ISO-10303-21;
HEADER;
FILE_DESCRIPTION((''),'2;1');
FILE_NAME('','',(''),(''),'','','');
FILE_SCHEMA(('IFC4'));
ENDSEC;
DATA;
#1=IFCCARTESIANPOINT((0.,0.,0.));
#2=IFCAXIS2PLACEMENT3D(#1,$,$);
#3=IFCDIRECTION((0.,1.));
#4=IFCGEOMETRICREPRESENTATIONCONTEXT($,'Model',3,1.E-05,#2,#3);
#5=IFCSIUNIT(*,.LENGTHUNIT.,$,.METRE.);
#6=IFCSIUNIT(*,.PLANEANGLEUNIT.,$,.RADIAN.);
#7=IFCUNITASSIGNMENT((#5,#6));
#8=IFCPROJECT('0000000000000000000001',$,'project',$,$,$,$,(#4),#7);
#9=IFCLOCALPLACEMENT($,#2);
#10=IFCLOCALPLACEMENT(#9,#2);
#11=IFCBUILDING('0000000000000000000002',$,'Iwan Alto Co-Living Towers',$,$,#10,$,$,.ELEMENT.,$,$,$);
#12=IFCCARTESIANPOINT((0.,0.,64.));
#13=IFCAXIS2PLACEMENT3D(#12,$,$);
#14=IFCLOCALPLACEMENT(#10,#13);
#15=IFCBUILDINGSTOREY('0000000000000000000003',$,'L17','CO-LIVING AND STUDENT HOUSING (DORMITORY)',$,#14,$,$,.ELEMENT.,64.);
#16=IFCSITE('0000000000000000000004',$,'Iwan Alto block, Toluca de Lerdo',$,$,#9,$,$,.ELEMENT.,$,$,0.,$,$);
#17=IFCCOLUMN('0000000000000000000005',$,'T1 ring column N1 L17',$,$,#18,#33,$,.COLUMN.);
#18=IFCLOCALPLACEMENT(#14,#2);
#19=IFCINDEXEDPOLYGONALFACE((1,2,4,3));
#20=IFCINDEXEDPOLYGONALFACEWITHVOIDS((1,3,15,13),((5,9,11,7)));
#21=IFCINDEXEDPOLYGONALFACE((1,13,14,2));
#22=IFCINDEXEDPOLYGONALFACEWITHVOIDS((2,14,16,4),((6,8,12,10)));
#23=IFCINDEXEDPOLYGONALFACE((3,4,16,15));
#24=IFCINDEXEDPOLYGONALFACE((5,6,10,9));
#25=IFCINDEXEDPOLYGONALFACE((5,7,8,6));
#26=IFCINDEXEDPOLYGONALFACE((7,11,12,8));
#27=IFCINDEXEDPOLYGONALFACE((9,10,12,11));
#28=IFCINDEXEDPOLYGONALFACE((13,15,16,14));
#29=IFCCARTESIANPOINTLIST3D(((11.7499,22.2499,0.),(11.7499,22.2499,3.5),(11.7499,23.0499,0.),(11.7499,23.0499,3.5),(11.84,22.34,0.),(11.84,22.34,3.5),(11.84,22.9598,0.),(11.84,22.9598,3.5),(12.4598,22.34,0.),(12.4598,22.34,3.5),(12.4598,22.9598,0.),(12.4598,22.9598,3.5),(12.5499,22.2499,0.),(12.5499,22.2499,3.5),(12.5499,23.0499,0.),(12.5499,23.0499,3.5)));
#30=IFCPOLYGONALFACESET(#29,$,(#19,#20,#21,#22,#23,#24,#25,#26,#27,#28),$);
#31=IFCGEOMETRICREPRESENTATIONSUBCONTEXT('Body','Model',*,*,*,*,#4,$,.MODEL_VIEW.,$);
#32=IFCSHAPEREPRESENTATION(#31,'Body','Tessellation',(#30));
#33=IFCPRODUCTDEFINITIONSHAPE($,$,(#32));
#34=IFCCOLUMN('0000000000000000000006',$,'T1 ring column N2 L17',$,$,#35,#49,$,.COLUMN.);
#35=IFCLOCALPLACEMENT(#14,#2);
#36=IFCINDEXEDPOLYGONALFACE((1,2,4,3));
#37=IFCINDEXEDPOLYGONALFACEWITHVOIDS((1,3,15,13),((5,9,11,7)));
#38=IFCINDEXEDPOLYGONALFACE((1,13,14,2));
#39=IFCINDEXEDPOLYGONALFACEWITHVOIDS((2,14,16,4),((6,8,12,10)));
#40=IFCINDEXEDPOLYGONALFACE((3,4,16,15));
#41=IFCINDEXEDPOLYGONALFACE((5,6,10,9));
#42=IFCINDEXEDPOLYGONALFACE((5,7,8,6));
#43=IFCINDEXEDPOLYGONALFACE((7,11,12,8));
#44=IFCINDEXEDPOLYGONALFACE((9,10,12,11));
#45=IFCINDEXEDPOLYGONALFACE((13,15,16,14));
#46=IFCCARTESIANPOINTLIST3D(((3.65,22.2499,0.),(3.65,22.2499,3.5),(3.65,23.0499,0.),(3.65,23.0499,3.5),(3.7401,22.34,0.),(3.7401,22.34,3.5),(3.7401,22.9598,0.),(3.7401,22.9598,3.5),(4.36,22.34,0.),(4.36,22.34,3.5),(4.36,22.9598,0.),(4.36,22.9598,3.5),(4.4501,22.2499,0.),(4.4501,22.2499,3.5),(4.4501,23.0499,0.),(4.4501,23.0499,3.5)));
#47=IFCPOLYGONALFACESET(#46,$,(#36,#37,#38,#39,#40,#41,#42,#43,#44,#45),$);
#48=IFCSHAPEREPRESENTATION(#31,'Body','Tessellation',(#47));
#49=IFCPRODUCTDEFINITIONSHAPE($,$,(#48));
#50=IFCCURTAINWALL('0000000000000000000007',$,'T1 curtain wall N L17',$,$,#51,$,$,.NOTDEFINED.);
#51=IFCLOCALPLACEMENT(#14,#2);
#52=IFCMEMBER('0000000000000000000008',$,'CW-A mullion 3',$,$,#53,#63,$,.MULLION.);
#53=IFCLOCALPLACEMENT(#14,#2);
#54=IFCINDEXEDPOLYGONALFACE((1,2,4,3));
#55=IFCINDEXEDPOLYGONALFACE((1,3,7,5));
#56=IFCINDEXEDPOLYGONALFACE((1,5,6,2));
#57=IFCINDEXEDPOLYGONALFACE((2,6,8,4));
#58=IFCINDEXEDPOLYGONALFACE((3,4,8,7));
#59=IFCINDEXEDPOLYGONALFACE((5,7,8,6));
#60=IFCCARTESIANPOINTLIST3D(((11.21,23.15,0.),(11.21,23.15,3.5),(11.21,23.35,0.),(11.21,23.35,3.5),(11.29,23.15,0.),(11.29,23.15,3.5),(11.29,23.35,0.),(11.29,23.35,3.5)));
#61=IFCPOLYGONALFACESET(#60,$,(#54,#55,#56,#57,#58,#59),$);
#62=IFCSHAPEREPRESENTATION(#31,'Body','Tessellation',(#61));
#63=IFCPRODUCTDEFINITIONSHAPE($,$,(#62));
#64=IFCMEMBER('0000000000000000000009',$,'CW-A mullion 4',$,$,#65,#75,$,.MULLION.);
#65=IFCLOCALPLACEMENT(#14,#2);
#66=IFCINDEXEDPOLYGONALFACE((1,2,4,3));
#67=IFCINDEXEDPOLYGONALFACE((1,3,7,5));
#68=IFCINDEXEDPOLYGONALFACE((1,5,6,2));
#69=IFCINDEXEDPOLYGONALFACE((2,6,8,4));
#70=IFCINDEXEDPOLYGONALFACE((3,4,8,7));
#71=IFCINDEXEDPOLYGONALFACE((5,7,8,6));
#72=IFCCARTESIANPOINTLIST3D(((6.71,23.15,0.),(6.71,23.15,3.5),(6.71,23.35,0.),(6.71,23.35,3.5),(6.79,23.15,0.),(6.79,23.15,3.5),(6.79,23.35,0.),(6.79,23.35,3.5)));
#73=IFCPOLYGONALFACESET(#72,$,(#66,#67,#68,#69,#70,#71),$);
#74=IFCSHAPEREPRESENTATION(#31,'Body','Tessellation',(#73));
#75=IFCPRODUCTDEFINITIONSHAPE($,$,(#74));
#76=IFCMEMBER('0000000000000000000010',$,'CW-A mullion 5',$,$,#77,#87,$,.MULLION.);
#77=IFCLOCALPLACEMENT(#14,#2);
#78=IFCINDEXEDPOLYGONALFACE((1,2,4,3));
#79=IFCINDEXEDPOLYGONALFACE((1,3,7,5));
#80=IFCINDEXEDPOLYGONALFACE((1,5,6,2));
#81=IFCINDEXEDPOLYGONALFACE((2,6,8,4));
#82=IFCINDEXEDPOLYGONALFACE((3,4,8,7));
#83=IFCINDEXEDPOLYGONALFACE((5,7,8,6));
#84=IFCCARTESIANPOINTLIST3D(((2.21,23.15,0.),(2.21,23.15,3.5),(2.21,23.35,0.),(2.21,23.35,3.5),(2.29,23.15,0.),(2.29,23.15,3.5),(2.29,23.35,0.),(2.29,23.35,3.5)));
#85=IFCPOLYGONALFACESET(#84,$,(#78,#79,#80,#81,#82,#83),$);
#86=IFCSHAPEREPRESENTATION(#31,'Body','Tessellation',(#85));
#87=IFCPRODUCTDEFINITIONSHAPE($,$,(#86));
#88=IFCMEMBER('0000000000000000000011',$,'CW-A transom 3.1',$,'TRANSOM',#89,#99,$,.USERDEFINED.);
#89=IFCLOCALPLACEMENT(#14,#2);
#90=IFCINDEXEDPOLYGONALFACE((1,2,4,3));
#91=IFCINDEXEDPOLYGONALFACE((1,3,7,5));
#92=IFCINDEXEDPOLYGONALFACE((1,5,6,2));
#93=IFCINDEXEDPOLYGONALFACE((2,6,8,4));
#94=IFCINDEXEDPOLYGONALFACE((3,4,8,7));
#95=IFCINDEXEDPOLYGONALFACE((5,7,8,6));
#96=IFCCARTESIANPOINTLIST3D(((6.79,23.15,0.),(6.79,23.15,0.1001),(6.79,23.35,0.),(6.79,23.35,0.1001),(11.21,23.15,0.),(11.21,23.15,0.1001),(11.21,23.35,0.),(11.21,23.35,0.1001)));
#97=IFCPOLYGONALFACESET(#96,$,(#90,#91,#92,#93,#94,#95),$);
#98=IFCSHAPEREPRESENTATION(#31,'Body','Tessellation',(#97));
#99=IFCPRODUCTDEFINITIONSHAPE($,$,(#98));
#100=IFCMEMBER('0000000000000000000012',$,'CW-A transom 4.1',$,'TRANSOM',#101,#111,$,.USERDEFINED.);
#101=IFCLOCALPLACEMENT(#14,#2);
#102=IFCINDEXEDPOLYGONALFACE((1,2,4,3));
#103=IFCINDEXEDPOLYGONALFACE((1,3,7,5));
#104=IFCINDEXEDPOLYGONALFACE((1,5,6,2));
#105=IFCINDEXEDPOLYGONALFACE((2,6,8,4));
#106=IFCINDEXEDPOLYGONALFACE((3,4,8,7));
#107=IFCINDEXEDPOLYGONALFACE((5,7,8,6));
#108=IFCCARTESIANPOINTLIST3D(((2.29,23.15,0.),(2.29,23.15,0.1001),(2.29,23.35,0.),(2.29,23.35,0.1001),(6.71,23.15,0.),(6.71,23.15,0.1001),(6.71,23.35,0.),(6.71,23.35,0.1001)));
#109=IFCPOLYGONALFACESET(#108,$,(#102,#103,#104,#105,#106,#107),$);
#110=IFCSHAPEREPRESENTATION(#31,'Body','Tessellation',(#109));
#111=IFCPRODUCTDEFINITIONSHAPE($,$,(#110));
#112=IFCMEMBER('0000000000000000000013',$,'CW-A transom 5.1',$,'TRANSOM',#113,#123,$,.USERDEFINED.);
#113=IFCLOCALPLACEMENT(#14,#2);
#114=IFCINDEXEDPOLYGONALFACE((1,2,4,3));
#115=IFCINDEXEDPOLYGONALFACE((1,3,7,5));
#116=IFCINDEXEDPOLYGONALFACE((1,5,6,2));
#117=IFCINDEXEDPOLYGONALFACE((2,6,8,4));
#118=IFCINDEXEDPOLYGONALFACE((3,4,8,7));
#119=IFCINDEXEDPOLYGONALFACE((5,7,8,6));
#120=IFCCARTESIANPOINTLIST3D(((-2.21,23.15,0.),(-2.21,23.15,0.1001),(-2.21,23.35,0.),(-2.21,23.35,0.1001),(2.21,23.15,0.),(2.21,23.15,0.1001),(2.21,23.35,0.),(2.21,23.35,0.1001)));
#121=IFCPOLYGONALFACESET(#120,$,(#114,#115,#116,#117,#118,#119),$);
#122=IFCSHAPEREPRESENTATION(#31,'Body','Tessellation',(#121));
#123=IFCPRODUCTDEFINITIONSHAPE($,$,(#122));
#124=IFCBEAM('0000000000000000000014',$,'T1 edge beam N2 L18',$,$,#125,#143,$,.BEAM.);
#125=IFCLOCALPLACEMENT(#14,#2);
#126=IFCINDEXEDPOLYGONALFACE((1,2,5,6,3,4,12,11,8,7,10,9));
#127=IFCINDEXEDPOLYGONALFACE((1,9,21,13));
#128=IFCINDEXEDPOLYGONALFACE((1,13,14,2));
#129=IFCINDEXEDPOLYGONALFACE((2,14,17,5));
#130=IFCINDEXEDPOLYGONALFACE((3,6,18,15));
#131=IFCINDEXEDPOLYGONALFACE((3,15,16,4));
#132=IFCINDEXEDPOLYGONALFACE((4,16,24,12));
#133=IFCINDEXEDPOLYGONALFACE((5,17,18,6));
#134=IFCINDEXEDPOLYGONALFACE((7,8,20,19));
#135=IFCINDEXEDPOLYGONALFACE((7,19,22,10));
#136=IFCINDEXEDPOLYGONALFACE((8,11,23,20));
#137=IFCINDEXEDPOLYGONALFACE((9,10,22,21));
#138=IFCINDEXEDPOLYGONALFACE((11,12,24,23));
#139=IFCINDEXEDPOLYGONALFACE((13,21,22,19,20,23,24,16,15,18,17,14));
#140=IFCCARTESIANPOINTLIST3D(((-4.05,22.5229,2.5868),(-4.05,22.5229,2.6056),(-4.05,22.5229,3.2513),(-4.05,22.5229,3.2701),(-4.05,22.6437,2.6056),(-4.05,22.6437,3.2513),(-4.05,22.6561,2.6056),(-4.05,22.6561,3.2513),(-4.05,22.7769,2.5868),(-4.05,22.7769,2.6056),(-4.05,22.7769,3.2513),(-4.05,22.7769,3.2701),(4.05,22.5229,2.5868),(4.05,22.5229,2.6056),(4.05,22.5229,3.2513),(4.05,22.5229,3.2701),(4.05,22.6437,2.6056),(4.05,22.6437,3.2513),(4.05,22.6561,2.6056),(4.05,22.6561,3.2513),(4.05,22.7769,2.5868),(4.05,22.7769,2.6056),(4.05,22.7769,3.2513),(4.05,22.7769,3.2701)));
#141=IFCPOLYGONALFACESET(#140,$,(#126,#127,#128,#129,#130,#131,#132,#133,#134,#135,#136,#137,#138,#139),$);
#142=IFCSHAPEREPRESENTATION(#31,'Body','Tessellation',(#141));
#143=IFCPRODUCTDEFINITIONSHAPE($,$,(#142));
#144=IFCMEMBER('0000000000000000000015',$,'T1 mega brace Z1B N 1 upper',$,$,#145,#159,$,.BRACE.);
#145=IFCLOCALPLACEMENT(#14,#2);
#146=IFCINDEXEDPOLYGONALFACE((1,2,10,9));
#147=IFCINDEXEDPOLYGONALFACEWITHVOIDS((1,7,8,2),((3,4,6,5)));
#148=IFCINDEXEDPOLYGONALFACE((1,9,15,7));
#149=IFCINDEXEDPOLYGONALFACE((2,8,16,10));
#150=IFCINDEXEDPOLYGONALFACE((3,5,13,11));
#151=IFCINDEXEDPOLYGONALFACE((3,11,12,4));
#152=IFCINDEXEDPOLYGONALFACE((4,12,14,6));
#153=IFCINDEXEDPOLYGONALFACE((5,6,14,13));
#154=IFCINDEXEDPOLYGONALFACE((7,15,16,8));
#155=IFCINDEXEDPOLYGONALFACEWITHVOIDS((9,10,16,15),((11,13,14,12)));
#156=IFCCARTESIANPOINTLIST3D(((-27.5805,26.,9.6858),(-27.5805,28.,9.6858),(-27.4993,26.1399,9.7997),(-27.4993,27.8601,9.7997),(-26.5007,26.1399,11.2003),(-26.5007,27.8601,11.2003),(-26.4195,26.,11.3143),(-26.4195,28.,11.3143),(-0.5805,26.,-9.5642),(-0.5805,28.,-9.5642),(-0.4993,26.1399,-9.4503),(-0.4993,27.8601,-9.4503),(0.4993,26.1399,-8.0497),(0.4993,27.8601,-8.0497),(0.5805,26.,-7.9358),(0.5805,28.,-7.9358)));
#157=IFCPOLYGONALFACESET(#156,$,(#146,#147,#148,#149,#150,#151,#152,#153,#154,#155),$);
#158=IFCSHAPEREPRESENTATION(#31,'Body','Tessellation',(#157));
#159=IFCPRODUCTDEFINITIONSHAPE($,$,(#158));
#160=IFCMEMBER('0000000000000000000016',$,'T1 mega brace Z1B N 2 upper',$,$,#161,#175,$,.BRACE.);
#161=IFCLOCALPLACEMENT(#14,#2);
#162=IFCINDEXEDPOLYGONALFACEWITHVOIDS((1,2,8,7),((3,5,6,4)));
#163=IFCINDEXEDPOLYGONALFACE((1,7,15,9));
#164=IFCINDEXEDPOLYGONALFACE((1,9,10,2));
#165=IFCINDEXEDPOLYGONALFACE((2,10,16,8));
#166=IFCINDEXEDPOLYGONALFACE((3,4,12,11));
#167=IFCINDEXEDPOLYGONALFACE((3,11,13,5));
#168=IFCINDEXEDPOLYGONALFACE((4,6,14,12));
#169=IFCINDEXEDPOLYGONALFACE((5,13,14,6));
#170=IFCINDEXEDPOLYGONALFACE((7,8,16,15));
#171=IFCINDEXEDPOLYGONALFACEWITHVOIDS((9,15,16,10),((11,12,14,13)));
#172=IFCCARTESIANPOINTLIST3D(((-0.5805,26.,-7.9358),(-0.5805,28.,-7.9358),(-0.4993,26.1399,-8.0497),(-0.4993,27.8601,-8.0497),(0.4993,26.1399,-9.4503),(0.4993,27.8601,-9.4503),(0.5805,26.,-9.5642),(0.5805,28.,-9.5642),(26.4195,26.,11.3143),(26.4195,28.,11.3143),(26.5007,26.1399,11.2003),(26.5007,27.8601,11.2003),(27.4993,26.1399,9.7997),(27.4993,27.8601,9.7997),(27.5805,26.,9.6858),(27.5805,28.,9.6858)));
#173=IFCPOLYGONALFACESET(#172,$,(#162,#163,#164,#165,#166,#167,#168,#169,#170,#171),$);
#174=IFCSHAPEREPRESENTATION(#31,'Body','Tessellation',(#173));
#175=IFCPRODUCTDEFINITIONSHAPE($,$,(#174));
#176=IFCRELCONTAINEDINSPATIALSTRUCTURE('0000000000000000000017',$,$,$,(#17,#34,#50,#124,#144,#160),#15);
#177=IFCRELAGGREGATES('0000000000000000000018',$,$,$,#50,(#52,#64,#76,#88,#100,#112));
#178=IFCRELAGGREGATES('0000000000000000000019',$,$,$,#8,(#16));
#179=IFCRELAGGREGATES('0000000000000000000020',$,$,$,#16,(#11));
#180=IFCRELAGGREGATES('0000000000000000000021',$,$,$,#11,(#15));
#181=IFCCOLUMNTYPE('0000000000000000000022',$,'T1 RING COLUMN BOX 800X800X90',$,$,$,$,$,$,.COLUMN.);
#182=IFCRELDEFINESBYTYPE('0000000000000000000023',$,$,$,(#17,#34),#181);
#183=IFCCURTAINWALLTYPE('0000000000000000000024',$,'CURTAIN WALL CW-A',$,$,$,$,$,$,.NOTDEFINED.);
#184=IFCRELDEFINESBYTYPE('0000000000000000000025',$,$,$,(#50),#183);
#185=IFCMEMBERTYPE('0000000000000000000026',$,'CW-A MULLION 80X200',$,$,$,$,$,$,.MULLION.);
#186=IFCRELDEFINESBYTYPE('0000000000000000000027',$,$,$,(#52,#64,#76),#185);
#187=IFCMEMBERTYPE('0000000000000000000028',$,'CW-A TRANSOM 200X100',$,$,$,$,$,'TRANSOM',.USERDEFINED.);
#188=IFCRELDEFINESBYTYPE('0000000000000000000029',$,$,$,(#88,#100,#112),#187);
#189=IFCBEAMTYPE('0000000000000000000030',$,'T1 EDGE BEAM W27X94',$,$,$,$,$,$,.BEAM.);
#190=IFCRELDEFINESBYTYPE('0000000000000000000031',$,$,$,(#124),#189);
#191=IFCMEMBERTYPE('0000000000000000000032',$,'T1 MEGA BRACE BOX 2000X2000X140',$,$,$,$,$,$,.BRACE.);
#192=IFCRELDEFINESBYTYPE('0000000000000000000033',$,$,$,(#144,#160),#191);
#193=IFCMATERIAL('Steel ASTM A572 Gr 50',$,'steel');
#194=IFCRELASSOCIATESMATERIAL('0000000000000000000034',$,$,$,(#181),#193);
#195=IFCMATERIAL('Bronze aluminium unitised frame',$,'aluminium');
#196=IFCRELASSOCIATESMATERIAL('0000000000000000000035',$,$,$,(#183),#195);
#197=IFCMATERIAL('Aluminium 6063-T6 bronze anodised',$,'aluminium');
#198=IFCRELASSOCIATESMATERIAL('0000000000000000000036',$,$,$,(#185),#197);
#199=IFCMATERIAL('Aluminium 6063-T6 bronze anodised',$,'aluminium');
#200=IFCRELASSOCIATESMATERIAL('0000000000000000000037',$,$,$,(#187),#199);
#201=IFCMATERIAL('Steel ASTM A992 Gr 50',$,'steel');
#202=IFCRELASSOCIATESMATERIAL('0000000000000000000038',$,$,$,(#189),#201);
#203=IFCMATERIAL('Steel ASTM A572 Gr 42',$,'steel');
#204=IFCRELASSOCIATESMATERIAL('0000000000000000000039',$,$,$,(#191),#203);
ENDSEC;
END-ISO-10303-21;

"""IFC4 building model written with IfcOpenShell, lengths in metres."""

from ifc_helpers import new_model, si_unit, direction, frame, origin, origin_2d, place, context, subcontext, project, spatial, rectangle, hollow_rectangle, i_section, extrude, material, material_profile, profile_set, type_object, element, aggregate, save


model = new_model("IFC4")

# Units and contexts
model_context = context("Model", 3, precision=1e-05, world=origin(), true_north=direction((0.0, 1.0)))
body_context = subcontext(model_context, "Body", "Model", "MODEL_VIEW")
ifc_project = project(units=[si_unit("LENGTHUNIT", "METRE"), si_unit("PLANEANGLEUNIT", "RADIAN")], contexts=[model_context])

# Site, building, storey
site_placement = place(None, origin())
site = spatial("IfcSite", under=ifc_project, at=site_placement, Name="Iwan Alto block, Toluca de Lerdo", CompositionType="ELEMENT", RefElevation=0.0)
building_placement = place(site_placement, origin())
building = spatial("IfcBuilding", under=site, at=building_placement, Name="Iwan Alto Co-Living Towers", CompositionType="ELEMENT")
storey_placement = place(building_placement, frame((0.0, 0.0, 64.0)))
storey = spatial("IfcBuildingStorey", under=building, at=storey_placement, Name="L17", Description="CO-LIVING AND STUDENT HOUSING (DORMITORY)", CompositionType="ELEMENT", Elevation=64.0)

# Columns
ifc_material_1 = material(Name="Steel ASTM A572 Gr 50", Category="steel")
ifc_material_profile_1 = material_profile(ifc_material_1, hollow_rectangle(XDim=0.8, YDim=0.8, WallThickness=0.0901, at=origin_2d()), Name="BOX 800X800X90")
ifc_profile_set_1 = profile_set([ifc_material_profile_1], Name="Steel ASTM A572 Gr 50")
column_type = type_object("IfcColumnType", Name="T1 RING COLUMN BOX 800X800X90", PredefinedType="COLUMN", material=ifc_profile_set_1)
for number, where, z_axis, x_axis, name in (
    (1, (12.1499, 22.6499, 0.0), (0.0, 0.0, 1.0), (1.0, 0.0, 0.0), "T1 ring column N1 L17"),
    (2, (4.05, 22.6499, 0.0), (0.0, 0.0, 1.0), (1.0, 0.0, 0.0), "T1 ring column N2 L17"),
):
    element("IfcColumn", number, at=place(storey_placement, frame(where, z_axis=z_axis, x_axis=x_axis)), inside=storey, type_object=column_type, Name=name, PredefinedType="COLUMN", context=body_context, shape_type="SweptSolid", body=[
        extrude(hollow_rectangle(XDim=0.8, YDim=0.8, WallThickness=0.0901, at=origin_2d()), origin(), (0.0, 0.0, 1.0), 3.5),
    ])

# Curtain wall, members
ifc_material_2 = material(Name="Bronze aluminium unitised frame", Category="aluminium")
curtain_wall_type = type_object("IfcCurtainWallType", Name="CURTAIN WALL CW-A", PredefinedType="NOTDEFINED", material=ifc_material_2)
curtain_wall_placement = place(storey_placement, origin())
curtain_wall = element("IfcCurtainWall", 3, at=curtain_wall_placement, inside=storey, type_object=curtain_wall_type, Name="T1 curtain wall N L17", PredefinedType="NOTDEFINED")
ifc_material_3 = material(Name="Aluminium 6063-T6 bronze anodised", Category="aluminium")
ifc_material_profile_2 = material_profile(ifc_material_3, rectangle(XDim=0.2, YDim=0.0801, at=origin_2d()), Name="AL 80X200")
ifc_profile_set_2 = profile_set([ifc_material_profile_2], Name="Aluminium 6063-T6 bronze anodised")
member_type_1 = type_object("IfcMemberType", Name="CW-A MULLION 80X200", PredefinedType="MULLION", material=ifc_profile_set_2)
member_1_placement = place(storey_placement, frame((11.25, 23.25, 0.0), z_axis=(0.0, 0.0, 1.0), x_axis=(0.0, -1.0, 0.0)))
member_1 = element("IfcMember", 4, at=member_1_placement, type_object=member_type_1, Name="CW-A mullion 3", PredefinedType="MULLION", context=body_context, shape_type="SweptSolid", body=[
    extrude(rectangle(XDim=0.2, YDim=0.0801, at=origin_2d()), origin(), (0.0, 0.0, 1.0), 3.5),
])
member_2_placement = place(storey_placement, frame((6.75, 23.25, 0.0), z_axis=(0.0, 0.0, 1.0), x_axis=(0.0, -1.0, 0.0)))
member_2 = element("IfcMember", 5, at=member_2_placement, type_object=member_type_1, Name="CW-A mullion 4", PredefinedType="MULLION", context=body_context, shape_type="SweptSolid", body=[
    extrude(rectangle(XDim=0.2, YDim=0.0801, at=origin_2d()), origin(), (0.0, 0.0, 1.0), 3.5),
])
member_3_placement = place(storey_placement, frame((2.25, 23.25, 0.0), z_axis=(0.0, 0.0, 1.0), x_axis=(0.0, -1.0, 0.0)))
member_3 = element("IfcMember", 6, at=member_3_placement, type_object=member_type_1, Name="CW-A mullion 5", PredefinedType="MULLION", context=body_context, shape_type="SweptSolid", body=[
    extrude(rectangle(XDim=0.2, YDim=0.0801, at=origin_2d()), origin(), (0.0, 0.0, 1.0), 3.5),
])
ifc_material_4 = material(Name="Aluminium 6063-T6 bronze anodised", Category="aluminium")
ifc_material_profile_3 = material_profile(ifc_material_4, rectangle(XDim=0.2, YDim=0.1001, at=origin_2d()), Name="AL 200X100")
ifc_profile_set_3 = profile_set([ifc_material_profile_3], Name="Aluminium 6063-T6 bronze anodised")
member_type_2 = type_object("IfcMemberType", Name="CW-A TRANSOM 200X100", ElementType="TRANSOM", PredefinedType="USERDEFINED", material=ifc_profile_set_3)
member_4_placement = place(storey_placement, frame((11.21, 23.25, 0.05), z_axis=(-1.0, 0.0, 0.0), x_axis=(0.0, -1.0, 0.0)))
member_4 = element("IfcMember", 7, at=member_4_placement, type_object=member_type_2, Name="CW-A transom 3.1", ObjectType="TRANSOM", PredefinedType="USERDEFINED", context=body_context, shape_type="SweptSolid", body=[
    extrude(rectangle(XDim=0.2, YDim=0.1001, at=origin_2d()), origin(), (0.0, 0.0, 1.0), 4.4199),
])
member_5_placement = place(storey_placement, frame((6.71, 23.25, 0.05), z_axis=(-1.0, 0.0, 0.0), x_axis=(0.0, -1.0, 0.0)))
member_5 = element("IfcMember", 8, at=member_5_placement, type_object=member_type_2, Name="CW-A transom 4.1", ObjectType="TRANSOM", PredefinedType="USERDEFINED", context=body_context, shape_type="SweptSolid", body=[
    extrude(rectangle(XDim=0.2, YDim=0.1001, at=origin_2d()), origin(), (0.0, 0.0, 1.0), 4.4199),
])
member_6_placement = place(storey_placement, frame((2.21, 23.25, 0.05), z_axis=(-1.0, 0.0, 0.0), x_axis=(0.0, -1.0, 0.0)))
member_6 = element("IfcMember", 9, at=member_6_placement, type_object=member_type_2, Name="CW-A transom 5.1", ObjectType="TRANSOM", PredefinedType="USERDEFINED", context=body_context, shape_type="SweptSolid", body=[
    extrude(rectangle(XDim=0.2, YDim=0.1001, at=origin_2d()), origin(), (0.0, 0.0, 1.0), 4.4199),
])

# Beam
ifc_material_5 = material(Name="Steel ASTM A992 Gr 50", Category="steel")
ifc_material_profile_4 = material_profile(ifc_material_5, i_section(OverallWidth=0.2539, OverallDepth=0.6833, WebThickness=0.0125, FlangeThickness=0.0188, at=origin_2d()), Name="W27X94")
ifc_profile_set_4 = profile_set([ifc_material_profile_4], Name="Steel ASTM A992 Gr 50")
beam_type_1 = type_object("IfcBeamType", Name="T1 EDGE BEAM W27X94", PredefinedType="BEAM", material=ifc_profile_set_4)
beam_1_placement = place(storey_placement, frame((4.05, 22.6499, 2.9285), z_axis=(-1.0, 0.0, 0.0), x_axis=(0.0, -1.0, 0.0)))
element("IfcBeam", 10, at=beam_1_placement, inside=storey, type_object=beam_type_1, Name="T1 edge beam N2 L18", PredefinedType="BEAM", context=body_context, shape_type="SweptSolid", body=[
    extrude(i_section(OverallWidth=0.2539, OverallDepth=0.6833, WebThickness=0.0125, FlangeThickness=0.0188, at=origin_2d()), origin(), (0.0, 0.0, 1.0), 8.1001),
])

# Members
ifc_material_6 = material(Name="Steel ASTM A572 Gr 42", Category="steel")
ifc_material_profile_5 = material_profile(ifc_material_6, hollow_rectangle(XDim=2.0, YDim=2.0, WallThickness=0.1399, at=origin_2d()), Name="BOX 2000X2000X140")
ifc_profile_set_5 = profile_set([ifc_material_profile_5], Name="Steel ASTM A572 Gr 42")
member_type_3 = type_object("IfcMemberType", Name="T1 MEGA BRACE BOX 2000X2000X140", PredefinedType="BRACE", material=ifc_profile_set_5)
for number, where, z_axis, x_axis, name in (
    (11, (0.0, 27.0, -8.75), (-0.814243, 0.0, 0.580525), (0.0, -1.0, 0.0), "T1 mega brace Z1B N 1 upper"),
    (12, (0.0, 27.0, -8.75), (0.814243, 0.0, 0.580525), (0.0, 1.0, 0.0), "T1 mega brace Z1B N 2 upper"),
):
    element("IfcMember", number, at=place(storey_placement, frame(where, z_axis=z_axis, x_axis=x_axis)), inside=storey, type_object=member_type_3, Name=name, PredefinedType="BRACE", context=body_context, shape_type="SweptSolid", body=[
        extrude(hollow_rectangle(XDim=2.0, YDim=2.0, WallThickness=0.1399, at=origin_2d()), origin(), (0.0, 0.0, 1.0), 33.1597),
    ])

aggregate(curtain_wall, [member_1, member_2, member_3, member_4, member_5, member_6])

save(model, "model.ifc")
